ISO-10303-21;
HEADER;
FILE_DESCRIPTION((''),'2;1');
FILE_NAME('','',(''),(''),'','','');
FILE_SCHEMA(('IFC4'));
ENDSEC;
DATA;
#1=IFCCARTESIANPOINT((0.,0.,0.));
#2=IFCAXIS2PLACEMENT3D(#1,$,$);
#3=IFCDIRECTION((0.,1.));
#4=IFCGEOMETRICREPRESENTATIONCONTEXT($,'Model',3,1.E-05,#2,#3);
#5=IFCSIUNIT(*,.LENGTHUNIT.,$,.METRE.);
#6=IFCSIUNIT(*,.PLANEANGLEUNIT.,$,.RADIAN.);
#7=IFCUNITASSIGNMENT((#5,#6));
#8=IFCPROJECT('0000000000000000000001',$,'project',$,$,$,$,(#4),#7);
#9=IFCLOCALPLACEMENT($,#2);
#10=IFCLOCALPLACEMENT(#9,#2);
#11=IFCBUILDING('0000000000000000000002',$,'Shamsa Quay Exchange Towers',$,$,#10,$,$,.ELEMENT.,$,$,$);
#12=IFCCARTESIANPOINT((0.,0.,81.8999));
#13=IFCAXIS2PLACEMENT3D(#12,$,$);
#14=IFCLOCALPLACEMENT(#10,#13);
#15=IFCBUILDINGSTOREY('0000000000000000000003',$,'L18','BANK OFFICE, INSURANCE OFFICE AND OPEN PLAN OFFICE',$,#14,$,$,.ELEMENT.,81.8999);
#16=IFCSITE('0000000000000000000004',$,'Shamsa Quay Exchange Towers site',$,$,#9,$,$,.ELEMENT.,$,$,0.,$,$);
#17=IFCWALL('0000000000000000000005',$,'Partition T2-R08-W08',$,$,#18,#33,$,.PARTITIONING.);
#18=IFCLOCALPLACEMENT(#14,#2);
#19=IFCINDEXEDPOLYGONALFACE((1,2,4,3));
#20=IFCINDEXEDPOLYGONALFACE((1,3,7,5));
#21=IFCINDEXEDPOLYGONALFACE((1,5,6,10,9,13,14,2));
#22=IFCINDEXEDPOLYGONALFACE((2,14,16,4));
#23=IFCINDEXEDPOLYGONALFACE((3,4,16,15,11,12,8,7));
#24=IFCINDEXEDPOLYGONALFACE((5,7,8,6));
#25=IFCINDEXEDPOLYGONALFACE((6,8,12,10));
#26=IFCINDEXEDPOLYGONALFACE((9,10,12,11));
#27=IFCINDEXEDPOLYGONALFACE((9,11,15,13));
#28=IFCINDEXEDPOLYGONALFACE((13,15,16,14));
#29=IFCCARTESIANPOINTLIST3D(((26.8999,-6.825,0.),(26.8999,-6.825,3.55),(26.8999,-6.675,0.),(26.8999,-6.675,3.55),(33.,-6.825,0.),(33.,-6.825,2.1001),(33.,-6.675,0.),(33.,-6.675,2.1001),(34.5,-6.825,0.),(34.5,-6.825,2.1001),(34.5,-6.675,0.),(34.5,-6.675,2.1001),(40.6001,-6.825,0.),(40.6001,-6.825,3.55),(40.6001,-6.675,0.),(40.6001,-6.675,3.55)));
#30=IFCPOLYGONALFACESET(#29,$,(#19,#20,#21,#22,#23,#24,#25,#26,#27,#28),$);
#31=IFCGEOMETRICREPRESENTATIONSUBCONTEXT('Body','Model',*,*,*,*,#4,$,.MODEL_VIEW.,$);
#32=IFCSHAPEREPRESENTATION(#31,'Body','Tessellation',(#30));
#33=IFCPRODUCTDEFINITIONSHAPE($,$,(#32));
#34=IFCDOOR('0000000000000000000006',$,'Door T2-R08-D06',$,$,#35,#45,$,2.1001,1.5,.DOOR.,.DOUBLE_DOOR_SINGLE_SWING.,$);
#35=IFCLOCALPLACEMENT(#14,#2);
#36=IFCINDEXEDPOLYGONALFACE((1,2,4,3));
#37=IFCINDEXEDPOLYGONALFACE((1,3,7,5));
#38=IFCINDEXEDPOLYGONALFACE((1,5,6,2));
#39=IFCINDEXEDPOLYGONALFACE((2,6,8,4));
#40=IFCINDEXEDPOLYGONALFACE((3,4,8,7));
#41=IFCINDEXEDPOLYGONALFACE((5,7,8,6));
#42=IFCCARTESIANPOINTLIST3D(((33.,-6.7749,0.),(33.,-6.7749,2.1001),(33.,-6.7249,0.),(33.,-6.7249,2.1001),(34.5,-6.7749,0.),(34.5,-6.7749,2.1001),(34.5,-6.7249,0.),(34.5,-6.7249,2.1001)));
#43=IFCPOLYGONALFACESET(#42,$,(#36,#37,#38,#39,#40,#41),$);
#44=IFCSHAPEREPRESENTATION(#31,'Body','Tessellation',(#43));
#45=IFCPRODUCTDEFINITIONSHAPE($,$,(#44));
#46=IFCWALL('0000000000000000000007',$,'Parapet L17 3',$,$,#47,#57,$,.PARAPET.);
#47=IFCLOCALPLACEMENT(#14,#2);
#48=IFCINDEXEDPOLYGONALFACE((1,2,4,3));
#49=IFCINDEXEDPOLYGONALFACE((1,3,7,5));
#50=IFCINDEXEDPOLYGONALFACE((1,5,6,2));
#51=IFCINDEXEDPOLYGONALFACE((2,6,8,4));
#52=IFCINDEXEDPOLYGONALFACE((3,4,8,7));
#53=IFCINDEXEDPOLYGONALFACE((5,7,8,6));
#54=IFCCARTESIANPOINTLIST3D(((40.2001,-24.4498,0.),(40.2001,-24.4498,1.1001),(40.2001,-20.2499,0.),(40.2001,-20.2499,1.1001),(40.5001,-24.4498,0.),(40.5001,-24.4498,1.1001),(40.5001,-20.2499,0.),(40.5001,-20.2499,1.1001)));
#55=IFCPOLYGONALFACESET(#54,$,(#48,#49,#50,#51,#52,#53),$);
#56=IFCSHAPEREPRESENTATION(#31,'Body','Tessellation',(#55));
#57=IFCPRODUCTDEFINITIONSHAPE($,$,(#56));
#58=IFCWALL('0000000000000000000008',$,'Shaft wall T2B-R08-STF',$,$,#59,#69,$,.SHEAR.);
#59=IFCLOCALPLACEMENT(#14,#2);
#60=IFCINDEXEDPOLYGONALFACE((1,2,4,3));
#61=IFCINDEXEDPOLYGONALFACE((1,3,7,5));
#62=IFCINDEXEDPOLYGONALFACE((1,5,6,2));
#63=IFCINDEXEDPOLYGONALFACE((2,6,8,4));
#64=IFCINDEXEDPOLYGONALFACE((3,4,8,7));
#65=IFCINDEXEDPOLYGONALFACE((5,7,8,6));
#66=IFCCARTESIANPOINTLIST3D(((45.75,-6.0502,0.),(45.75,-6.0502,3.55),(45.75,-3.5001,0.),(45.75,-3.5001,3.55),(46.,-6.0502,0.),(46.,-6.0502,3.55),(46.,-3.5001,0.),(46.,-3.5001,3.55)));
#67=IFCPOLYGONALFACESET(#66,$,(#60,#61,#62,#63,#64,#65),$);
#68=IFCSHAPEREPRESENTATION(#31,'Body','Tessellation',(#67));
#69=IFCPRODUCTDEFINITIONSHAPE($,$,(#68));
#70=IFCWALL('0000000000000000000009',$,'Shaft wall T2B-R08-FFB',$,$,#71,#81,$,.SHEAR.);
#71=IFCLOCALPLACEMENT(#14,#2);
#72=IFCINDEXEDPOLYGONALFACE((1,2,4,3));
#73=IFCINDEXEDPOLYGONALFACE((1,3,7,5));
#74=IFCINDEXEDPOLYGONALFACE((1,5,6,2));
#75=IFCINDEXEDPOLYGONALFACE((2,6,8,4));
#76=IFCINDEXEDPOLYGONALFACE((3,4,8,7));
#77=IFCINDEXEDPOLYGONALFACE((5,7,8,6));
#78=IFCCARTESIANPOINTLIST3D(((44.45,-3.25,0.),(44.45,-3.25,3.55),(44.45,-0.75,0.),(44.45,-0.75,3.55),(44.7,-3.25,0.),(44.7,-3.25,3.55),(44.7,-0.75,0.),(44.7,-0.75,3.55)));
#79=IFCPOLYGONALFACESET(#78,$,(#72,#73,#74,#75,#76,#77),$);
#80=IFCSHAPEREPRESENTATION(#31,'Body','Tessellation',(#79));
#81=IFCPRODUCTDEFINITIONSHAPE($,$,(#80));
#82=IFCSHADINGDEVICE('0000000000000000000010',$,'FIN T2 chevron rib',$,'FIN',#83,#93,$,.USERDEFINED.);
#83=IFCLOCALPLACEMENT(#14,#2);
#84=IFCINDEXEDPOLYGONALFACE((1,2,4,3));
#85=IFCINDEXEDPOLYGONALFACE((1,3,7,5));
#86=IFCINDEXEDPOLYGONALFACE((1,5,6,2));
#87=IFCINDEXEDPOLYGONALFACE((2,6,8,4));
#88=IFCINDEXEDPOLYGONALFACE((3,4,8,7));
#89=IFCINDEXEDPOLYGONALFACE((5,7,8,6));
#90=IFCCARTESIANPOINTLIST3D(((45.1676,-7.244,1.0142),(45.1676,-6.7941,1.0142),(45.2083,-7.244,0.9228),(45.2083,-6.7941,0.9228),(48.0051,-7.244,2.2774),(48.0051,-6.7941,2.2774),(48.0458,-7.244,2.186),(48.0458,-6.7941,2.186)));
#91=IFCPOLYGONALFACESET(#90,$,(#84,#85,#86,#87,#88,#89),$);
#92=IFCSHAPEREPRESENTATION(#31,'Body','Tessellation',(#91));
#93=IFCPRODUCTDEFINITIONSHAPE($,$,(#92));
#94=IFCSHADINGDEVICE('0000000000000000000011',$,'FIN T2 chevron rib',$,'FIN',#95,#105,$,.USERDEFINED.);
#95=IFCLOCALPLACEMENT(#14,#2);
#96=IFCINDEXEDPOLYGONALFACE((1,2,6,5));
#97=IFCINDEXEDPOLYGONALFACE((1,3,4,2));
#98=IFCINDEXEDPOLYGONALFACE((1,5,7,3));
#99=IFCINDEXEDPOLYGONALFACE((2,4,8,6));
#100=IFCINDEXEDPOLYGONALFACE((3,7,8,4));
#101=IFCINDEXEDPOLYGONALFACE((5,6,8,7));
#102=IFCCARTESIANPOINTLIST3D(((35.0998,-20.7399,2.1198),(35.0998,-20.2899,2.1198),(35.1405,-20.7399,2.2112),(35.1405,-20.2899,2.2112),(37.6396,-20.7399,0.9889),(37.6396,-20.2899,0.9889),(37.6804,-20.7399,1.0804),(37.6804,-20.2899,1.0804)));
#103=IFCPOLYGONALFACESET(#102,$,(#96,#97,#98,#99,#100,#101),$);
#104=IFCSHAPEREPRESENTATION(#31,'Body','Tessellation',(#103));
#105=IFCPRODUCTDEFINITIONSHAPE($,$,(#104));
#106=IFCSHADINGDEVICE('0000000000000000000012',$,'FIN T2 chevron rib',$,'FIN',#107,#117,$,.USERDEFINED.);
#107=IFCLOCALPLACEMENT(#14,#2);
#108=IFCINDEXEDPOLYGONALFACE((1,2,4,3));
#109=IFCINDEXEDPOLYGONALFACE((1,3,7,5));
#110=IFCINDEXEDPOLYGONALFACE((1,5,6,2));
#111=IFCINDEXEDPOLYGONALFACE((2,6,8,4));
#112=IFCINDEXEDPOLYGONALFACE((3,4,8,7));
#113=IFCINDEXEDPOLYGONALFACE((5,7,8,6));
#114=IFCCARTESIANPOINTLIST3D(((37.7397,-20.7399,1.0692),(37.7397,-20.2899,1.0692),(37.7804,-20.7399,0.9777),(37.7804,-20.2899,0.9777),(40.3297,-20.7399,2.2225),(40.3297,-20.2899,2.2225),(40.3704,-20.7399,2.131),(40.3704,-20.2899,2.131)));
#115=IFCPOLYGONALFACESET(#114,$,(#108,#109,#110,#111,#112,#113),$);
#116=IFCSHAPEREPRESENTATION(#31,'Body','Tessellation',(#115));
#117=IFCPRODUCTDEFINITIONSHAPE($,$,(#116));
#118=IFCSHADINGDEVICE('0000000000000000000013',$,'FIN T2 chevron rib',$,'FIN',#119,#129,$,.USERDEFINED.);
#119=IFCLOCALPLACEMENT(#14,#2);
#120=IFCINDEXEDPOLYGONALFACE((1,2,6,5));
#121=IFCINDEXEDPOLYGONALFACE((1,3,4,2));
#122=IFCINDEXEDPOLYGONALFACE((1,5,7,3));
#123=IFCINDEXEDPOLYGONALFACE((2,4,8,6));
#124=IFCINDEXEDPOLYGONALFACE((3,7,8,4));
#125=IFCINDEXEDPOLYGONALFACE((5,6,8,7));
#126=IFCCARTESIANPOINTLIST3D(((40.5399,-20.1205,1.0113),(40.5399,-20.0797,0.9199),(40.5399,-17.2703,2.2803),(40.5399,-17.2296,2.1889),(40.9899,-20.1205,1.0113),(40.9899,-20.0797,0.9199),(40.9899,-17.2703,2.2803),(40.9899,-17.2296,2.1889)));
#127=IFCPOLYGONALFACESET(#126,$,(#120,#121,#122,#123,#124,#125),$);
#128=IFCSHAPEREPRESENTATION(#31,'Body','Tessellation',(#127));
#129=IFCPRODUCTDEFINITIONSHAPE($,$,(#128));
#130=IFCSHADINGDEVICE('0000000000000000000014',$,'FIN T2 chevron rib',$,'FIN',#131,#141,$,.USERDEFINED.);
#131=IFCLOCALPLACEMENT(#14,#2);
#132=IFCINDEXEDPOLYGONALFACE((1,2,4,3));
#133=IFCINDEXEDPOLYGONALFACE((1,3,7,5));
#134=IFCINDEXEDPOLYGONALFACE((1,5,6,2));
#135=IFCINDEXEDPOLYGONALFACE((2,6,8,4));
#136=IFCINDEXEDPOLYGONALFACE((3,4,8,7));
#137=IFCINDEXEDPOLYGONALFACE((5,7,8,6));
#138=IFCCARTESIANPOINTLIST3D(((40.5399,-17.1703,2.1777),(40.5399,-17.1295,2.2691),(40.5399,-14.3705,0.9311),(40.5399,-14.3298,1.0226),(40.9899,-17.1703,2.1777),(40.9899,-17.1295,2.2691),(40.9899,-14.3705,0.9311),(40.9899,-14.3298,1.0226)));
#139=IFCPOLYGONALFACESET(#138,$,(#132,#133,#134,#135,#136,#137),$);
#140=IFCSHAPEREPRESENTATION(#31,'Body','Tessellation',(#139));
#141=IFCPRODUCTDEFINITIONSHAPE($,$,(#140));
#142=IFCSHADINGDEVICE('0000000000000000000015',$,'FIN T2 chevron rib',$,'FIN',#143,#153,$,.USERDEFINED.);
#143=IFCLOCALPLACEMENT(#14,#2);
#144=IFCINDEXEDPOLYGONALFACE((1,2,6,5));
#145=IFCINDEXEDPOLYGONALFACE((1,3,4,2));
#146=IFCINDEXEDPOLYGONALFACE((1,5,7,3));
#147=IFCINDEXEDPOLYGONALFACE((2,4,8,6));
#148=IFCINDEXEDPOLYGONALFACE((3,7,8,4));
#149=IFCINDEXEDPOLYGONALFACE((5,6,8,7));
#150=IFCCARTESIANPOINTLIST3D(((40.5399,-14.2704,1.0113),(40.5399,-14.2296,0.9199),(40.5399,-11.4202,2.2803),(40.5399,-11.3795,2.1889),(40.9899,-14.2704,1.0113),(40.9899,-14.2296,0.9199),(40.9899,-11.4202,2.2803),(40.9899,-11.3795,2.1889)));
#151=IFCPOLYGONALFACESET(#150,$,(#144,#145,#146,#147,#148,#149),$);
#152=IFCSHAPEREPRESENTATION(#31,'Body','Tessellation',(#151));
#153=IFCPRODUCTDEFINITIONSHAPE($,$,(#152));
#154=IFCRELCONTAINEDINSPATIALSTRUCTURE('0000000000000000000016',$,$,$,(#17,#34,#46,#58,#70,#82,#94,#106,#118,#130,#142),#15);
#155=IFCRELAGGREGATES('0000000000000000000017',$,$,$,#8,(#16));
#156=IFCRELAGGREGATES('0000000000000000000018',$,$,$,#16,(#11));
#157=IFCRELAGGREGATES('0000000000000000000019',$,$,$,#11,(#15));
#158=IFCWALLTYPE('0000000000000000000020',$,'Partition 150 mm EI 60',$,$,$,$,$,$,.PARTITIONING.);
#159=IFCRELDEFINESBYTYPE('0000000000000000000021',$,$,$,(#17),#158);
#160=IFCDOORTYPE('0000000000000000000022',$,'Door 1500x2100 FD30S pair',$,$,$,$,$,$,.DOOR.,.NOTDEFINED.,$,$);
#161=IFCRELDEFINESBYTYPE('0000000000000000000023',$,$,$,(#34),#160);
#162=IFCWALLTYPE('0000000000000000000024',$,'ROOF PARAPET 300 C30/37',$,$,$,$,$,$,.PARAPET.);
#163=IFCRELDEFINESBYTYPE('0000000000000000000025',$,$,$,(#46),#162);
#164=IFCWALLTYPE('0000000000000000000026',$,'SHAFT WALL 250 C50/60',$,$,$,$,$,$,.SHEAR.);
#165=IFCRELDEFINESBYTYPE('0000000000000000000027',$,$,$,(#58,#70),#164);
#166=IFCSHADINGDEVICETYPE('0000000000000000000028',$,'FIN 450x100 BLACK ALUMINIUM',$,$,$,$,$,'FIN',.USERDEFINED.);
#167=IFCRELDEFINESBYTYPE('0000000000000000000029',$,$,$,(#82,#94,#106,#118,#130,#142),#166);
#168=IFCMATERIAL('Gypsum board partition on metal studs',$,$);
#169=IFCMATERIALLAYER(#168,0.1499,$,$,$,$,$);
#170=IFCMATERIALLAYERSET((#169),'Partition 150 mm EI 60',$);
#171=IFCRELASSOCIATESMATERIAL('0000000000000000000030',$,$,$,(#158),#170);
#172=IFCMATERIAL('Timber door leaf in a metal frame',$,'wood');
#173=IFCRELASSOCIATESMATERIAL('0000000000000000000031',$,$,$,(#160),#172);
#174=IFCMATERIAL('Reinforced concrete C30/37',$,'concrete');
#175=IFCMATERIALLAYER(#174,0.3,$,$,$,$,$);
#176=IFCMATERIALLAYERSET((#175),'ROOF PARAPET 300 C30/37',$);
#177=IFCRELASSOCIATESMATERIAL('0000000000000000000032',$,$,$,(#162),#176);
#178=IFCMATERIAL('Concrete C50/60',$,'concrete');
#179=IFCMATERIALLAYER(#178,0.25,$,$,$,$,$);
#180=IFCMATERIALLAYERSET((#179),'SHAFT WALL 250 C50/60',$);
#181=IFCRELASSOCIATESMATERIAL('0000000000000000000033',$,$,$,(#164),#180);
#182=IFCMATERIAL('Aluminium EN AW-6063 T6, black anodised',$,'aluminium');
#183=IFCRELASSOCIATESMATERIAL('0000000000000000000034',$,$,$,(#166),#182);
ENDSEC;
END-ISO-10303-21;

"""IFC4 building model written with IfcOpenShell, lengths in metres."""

from ifc_helpers import new_model, si_unit, direction, frame, frame_2d, origin, origin_2d, place, context, subcontext, project, spatial, rectangle, extrude, material, layer, layer_set, material_profile, profile_set, type_object, element, fill, save


model = new_model("IFC4")

# Units and contexts
model_context = context("Model", 3, precision=1e-05, world=origin(), true_north=direction((0.0, 1.0)))
body_context = subcontext(model_context, "Body", "Model", "MODEL_VIEW")
ifc_project = project(units=[si_unit("LENGTHUNIT", "METRE"), si_unit("PLANEANGLEUNIT", "RADIAN")], contexts=[model_context])

# Site, building, storey
site_placement = place(None, origin())
site = spatial("IfcSite", under=ifc_project, at=site_placement, Name="Shamsa Quay Exchange Towers site", CompositionType="ELEMENT", RefElevation=0.0)
building_placement = place(site_placement, origin())
building = spatial("IfcBuilding", under=site, at=building_placement, Name="Shamsa Quay Exchange Towers", CompositionType="ELEMENT")
storey_placement = place(building_placement, frame((0.0, 0.0, 81.8999)))
storey = spatial("IfcBuildingStorey", under=building, at=storey_placement, Name="L18", Description="BANK OFFICE, INSURANCE OFFICE AND OPEN PLAN OFFICE", CompositionType="ELEMENT", Elevation=81.8999)

# Shared definitions
ifc_material_1 = material(Name="Aluminium EN AW-6063 T6, black anodised", Category="aluminium")

# Wall, opening, door
ifc_material_2 = material(Name="Gypsum board partition on metal studs")
ifc_layer_1 = layer(ifc_material_2, 0.1499)
ifc_layer_set_1 = layer_set([ifc_layer_1], Name="Partition 150 mm EI 60")
wall_type_1 = type_object("IfcWallType", Name="Partition 150 mm EI 60", PredefinedType="PARTITIONING", material=ifc_layer_set_1)
wall_1_placement = place(storey_placement, frame((40.6001, -6.75, 0.0), z_axis=(0.0, 0.0, 1.0), x_axis=(-1.0, 0.0, 0.0)))
wall_1 = element("IfcWall", 1, at=wall_1_placement, inside=storey, type_object=wall_type_1, Name="Partition T2-R08-W08", PredefinedType="PARTITIONING", context=body_context, shape_type="SweptSolid", body=[
    extrude(rectangle(XDim=13.7002, YDim=0.1499, at=frame_2d((6.8501, 0.0))), origin(), (0.0, 0.0, 1.0), 3.55),
])
opening_1_placement = place(wall_1_placement, frame((6.1001, 0.0, 0.0)))
opening_1 = element("IfcOpeningElement", 2, at=opening_1_placement, cuts=wall_1, PredefinedType="OPENING", context=body_context, shape_type="SweptSolid", body=[
    extrude(rectangle(XDim=1.5, YDim=2.1001, at=frame_2d((0.75, 1.05))), frame((0.0, 0.085, 0.0), z_axis=(0.0, -1.0, 0.0), x_axis=(1.0, 0.0, 0.0)), (0.0, 0.0, 1.0), 0.1699),
])
ifc_material_3 = material(Name="Timber door leaf in a metal frame", Category="wood")
door_type_1 = type_object("IfcDoorType", Name="Door 1500x2100 FD30S pair", OperationType="NOTDEFINED", PredefinedType="DOOR", material=ifc_material_3)
door_1_placement = place(opening_1_placement, origin())
door_1 = element("IfcDoor", 3, at=door_1_placement, inside=storey, type_object=door_type_1, Name="Door T2-R08-D06", OperationType="DOUBLE_DOOR_SINGLE_SWING", OverallHeight=2.1001, OverallWidth=1.5, PredefinedType="DOOR", context=body_context, shape_type="SweptSolid", body=[
    extrude(rectangle(XDim=1.5, YDim=2.1001, at=frame_2d((0.75, 1.05))), frame((0.0, 0.0249, 0.0), z_axis=(0.0, -1.0, 0.0), x_axis=(1.0, 0.0, 0.0)), (0.0, 0.0, 1.0), 0.05),
])
fill(opening_1, door_1)

# Walls
ifc_material_4 = material(Name="Reinforced concrete C30/37", Category="concrete")
ifc_layer_2 = layer(ifc_material_4, 0.3)
ifc_layer_set_2 = layer_set([ifc_layer_2], Name="ROOF PARAPET 300 C30/37")
wall_type_2 = type_object("IfcWallType", Name="ROOF PARAPET 300 C30/37", PredefinedType="PARAPET", material=ifc_layer_set_2)
wall_2_placement = place(storey_placement, frame((40.3501, -24.45, 0.0), z_axis=(0.0, 0.0, 1.0), x_axis=(0.0, 1.0, 0.0)))
element("IfcWall", 4, at=wall_2_placement, inside=storey, type_object=wall_type_2, Name="Parapet L17 3", PredefinedType="PARAPET", context=body_context, shape_type="SweptSolid", body=[
    extrude(rectangle(XDim=4.2, YDim=0.3, at=frame_2d((2.1001, 0.0))), origin(), (0.0, 0.0, 1.0), 1.1001),
])
ifc_material_5 = material(Name="Concrete C50/60", Category="concrete")
ifc_layer_3 = layer(ifc_material_5, 0.25)
ifc_layer_set_3 = layer_set([ifc_layer_3], Name="SHAFT WALL 250 C50/60")
wall_type_3 = type_object("IfcWallType", Name="SHAFT WALL 250 C50/60", PredefinedType="SHEAR", material=ifc_layer_set_3)
wall_3_placement = place(storey_placement, frame((45.875, -6.05, 0.0), z_axis=(0.0, 0.0, 1.0), x_axis=(0.0, 1.0, 0.0)))
element("IfcWall", 5, at=wall_3_placement, inside=storey, type_object=wall_type_3, Name="Shaft wall T2B-R08-STF", PredefinedType="SHEAR", context=body_context, shape_type="SweptSolid", body=[
    extrude(rectangle(XDim=2.55, YDim=0.25, at=frame_2d((1.2749, 0.0))), origin(), (0.0, 0.0, 1.0), 3.55),
])
wall_4_placement = place(storey_placement, frame((44.575, -3.25, 0.0), z_axis=(0.0, 0.0, 1.0), x_axis=(0.0, 1.0, 0.0)))
element("IfcWall", 6, at=wall_4_placement, inside=storey, type_object=wall_type_3, Name="Shaft wall T2B-R08-FFB", PredefinedType="SHEAR", context=body_context, shape_type="SweptSolid", body=[
    extrude(rectangle(XDim=2.5, YDim=0.25, at=frame_2d((1.25, 0.0))), origin(), (0.0, 0.0, 1.0), 3.55),
])

# Shading devices
ifc_material_profile_1 = material_profile(ifc_material_1, rectangle(XDim=0.45, YDim=0.1001, at=origin_2d()), Name="FIN450x100")
ifc_profile_set_1 = profile_set([ifc_material_profile_1], Name="Aluminium EN AW-6063 T6, black anodised")
shading_device_type = type_object("IfcShadingDeviceType", Name="FIN 450x100 BLACK ALUMINIUM", ElementType="FIN", PredefinedType="USERDEFINED", material=ifc_profile_set_1)
shading_device_1_placement = place(storey_placement, frame((45.188, -7.019, 0.9685), z_axis=(0.913559, 0.0, 0.406707), x_axis=(0.0, 1.0, 0.0)))
element("IfcShadingDevice", 7, at=shading_device_1_placement, inside=storey, type_object=shading_device_type, Name="FIN T2 chevron rib", ObjectType="FIN", PredefinedType="USERDEFINED", context=body_context, shape_type="SweptSolid", body=[
    extrude(rectangle(XDim=0.45, YDim=0.1001, at=origin_2d()), origin(), (0.0, 0.0, 1.0), 3.106),
])
shading_device_2_placement = place(storey_placement, frame((35.1201, -20.5149, 2.1655), z_axis=(0.913536, 0.0, -0.406758), x_axis=(0.0, 1.0, 0.0)))
element("IfcShadingDevice", 8, at=shading_device_2_placement, inside=storey, type_object=shading_device_type, Name="FIN T2 chevron rib", ObjectType="FIN", PredefinedType="USERDEFINED", context=body_context, shape_type="SweptSolid", body=[
    extrude(rectangle(XDim=0.45, YDim=0.1001, at=origin_2d()), origin(), (0.0, 0.0, 1.0), 2.7803),
])
shading_device_3_placement = place(storey_placement, frame((37.76, -20.5149, 1.0234), z_axis=(0.913527, 0.0, 0.406778), x_axis=(0.0, 1.0, 0.0)))
element("IfcShadingDevice", 9, at=shading_device_3_placement, inside=storey, type_object=shading_device_type, Name="FIN T2 chevron rib", ObjectType="FIN", PredefinedType="USERDEFINED", context=body_context, shape_type="SweptSolid", body=[
    extrude(rectangle(XDim=0.45, YDim=0.1001, at=origin_2d()), origin(), (0.0, 0.0, 1.0), 2.8352),
])
shading_device_4_placement = place(storey_placement, frame((40.7649, -20.1001, 0.9656), z_axis=(0.0, 0.913534, 0.406763), x_axis=(-1.0, 0.0, 0.0)))
element("IfcShadingDevice", 10, at=shading_device_4_placement, inside=storey, type_object=shading_device_type, Name="FIN T2 chevron rib", ObjectType="FIN", PredefinedType="USERDEFINED", context=body_context, shape_type="SweptSolid", body=[
    extrude(rectangle(XDim=0.45, YDim=0.1001, at=origin_2d()), origin(), (0.0, 0.0, 1.0), 3.1199),
])
shading_device_5_placement = place(storey_placement, frame((40.7649, -17.1499, 2.2234), z_axis=(0.0, 0.913542, -0.406744), x_axis=(-1.0, 0.0, 0.0)))
element("IfcShadingDevice", 11, at=shading_device_5_placement, inside=storey, type_object=shading_device_type, Name="FIN T2 chevron rib", ObjectType="FIN", PredefinedType="USERDEFINED", context=body_context, shape_type="SweptSolid", body=[
    extrude(rectangle(XDim=0.45, YDim=0.1001, at=origin_2d()), origin(), (0.0, 0.0, 1.0), 3.0647),
])
shading_device_6_placement = place(storey_placement, frame((40.7649, -14.25, 0.9656), z_axis=(0.0, 0.913534, 0.406763), x_axis=(-1.0, 0.0, 0.0)))
element("IfcShadingDevice", 12, at=shading_device_6_placement, inside=storey, type_object=shading_device_type, Name="FIN T2 chevron rib", ObjectType="FIN", PredefinedType="USERDEFINED", context=body_context, shape_type="SweptSolid", body=[
    extrude(rectangle(XDim=0.45, YDim=0.1001, at=origin_2d()), origin(), (0.0, 0.0, 1.0), 3.1199),
])

save(model, "model.ifc")
